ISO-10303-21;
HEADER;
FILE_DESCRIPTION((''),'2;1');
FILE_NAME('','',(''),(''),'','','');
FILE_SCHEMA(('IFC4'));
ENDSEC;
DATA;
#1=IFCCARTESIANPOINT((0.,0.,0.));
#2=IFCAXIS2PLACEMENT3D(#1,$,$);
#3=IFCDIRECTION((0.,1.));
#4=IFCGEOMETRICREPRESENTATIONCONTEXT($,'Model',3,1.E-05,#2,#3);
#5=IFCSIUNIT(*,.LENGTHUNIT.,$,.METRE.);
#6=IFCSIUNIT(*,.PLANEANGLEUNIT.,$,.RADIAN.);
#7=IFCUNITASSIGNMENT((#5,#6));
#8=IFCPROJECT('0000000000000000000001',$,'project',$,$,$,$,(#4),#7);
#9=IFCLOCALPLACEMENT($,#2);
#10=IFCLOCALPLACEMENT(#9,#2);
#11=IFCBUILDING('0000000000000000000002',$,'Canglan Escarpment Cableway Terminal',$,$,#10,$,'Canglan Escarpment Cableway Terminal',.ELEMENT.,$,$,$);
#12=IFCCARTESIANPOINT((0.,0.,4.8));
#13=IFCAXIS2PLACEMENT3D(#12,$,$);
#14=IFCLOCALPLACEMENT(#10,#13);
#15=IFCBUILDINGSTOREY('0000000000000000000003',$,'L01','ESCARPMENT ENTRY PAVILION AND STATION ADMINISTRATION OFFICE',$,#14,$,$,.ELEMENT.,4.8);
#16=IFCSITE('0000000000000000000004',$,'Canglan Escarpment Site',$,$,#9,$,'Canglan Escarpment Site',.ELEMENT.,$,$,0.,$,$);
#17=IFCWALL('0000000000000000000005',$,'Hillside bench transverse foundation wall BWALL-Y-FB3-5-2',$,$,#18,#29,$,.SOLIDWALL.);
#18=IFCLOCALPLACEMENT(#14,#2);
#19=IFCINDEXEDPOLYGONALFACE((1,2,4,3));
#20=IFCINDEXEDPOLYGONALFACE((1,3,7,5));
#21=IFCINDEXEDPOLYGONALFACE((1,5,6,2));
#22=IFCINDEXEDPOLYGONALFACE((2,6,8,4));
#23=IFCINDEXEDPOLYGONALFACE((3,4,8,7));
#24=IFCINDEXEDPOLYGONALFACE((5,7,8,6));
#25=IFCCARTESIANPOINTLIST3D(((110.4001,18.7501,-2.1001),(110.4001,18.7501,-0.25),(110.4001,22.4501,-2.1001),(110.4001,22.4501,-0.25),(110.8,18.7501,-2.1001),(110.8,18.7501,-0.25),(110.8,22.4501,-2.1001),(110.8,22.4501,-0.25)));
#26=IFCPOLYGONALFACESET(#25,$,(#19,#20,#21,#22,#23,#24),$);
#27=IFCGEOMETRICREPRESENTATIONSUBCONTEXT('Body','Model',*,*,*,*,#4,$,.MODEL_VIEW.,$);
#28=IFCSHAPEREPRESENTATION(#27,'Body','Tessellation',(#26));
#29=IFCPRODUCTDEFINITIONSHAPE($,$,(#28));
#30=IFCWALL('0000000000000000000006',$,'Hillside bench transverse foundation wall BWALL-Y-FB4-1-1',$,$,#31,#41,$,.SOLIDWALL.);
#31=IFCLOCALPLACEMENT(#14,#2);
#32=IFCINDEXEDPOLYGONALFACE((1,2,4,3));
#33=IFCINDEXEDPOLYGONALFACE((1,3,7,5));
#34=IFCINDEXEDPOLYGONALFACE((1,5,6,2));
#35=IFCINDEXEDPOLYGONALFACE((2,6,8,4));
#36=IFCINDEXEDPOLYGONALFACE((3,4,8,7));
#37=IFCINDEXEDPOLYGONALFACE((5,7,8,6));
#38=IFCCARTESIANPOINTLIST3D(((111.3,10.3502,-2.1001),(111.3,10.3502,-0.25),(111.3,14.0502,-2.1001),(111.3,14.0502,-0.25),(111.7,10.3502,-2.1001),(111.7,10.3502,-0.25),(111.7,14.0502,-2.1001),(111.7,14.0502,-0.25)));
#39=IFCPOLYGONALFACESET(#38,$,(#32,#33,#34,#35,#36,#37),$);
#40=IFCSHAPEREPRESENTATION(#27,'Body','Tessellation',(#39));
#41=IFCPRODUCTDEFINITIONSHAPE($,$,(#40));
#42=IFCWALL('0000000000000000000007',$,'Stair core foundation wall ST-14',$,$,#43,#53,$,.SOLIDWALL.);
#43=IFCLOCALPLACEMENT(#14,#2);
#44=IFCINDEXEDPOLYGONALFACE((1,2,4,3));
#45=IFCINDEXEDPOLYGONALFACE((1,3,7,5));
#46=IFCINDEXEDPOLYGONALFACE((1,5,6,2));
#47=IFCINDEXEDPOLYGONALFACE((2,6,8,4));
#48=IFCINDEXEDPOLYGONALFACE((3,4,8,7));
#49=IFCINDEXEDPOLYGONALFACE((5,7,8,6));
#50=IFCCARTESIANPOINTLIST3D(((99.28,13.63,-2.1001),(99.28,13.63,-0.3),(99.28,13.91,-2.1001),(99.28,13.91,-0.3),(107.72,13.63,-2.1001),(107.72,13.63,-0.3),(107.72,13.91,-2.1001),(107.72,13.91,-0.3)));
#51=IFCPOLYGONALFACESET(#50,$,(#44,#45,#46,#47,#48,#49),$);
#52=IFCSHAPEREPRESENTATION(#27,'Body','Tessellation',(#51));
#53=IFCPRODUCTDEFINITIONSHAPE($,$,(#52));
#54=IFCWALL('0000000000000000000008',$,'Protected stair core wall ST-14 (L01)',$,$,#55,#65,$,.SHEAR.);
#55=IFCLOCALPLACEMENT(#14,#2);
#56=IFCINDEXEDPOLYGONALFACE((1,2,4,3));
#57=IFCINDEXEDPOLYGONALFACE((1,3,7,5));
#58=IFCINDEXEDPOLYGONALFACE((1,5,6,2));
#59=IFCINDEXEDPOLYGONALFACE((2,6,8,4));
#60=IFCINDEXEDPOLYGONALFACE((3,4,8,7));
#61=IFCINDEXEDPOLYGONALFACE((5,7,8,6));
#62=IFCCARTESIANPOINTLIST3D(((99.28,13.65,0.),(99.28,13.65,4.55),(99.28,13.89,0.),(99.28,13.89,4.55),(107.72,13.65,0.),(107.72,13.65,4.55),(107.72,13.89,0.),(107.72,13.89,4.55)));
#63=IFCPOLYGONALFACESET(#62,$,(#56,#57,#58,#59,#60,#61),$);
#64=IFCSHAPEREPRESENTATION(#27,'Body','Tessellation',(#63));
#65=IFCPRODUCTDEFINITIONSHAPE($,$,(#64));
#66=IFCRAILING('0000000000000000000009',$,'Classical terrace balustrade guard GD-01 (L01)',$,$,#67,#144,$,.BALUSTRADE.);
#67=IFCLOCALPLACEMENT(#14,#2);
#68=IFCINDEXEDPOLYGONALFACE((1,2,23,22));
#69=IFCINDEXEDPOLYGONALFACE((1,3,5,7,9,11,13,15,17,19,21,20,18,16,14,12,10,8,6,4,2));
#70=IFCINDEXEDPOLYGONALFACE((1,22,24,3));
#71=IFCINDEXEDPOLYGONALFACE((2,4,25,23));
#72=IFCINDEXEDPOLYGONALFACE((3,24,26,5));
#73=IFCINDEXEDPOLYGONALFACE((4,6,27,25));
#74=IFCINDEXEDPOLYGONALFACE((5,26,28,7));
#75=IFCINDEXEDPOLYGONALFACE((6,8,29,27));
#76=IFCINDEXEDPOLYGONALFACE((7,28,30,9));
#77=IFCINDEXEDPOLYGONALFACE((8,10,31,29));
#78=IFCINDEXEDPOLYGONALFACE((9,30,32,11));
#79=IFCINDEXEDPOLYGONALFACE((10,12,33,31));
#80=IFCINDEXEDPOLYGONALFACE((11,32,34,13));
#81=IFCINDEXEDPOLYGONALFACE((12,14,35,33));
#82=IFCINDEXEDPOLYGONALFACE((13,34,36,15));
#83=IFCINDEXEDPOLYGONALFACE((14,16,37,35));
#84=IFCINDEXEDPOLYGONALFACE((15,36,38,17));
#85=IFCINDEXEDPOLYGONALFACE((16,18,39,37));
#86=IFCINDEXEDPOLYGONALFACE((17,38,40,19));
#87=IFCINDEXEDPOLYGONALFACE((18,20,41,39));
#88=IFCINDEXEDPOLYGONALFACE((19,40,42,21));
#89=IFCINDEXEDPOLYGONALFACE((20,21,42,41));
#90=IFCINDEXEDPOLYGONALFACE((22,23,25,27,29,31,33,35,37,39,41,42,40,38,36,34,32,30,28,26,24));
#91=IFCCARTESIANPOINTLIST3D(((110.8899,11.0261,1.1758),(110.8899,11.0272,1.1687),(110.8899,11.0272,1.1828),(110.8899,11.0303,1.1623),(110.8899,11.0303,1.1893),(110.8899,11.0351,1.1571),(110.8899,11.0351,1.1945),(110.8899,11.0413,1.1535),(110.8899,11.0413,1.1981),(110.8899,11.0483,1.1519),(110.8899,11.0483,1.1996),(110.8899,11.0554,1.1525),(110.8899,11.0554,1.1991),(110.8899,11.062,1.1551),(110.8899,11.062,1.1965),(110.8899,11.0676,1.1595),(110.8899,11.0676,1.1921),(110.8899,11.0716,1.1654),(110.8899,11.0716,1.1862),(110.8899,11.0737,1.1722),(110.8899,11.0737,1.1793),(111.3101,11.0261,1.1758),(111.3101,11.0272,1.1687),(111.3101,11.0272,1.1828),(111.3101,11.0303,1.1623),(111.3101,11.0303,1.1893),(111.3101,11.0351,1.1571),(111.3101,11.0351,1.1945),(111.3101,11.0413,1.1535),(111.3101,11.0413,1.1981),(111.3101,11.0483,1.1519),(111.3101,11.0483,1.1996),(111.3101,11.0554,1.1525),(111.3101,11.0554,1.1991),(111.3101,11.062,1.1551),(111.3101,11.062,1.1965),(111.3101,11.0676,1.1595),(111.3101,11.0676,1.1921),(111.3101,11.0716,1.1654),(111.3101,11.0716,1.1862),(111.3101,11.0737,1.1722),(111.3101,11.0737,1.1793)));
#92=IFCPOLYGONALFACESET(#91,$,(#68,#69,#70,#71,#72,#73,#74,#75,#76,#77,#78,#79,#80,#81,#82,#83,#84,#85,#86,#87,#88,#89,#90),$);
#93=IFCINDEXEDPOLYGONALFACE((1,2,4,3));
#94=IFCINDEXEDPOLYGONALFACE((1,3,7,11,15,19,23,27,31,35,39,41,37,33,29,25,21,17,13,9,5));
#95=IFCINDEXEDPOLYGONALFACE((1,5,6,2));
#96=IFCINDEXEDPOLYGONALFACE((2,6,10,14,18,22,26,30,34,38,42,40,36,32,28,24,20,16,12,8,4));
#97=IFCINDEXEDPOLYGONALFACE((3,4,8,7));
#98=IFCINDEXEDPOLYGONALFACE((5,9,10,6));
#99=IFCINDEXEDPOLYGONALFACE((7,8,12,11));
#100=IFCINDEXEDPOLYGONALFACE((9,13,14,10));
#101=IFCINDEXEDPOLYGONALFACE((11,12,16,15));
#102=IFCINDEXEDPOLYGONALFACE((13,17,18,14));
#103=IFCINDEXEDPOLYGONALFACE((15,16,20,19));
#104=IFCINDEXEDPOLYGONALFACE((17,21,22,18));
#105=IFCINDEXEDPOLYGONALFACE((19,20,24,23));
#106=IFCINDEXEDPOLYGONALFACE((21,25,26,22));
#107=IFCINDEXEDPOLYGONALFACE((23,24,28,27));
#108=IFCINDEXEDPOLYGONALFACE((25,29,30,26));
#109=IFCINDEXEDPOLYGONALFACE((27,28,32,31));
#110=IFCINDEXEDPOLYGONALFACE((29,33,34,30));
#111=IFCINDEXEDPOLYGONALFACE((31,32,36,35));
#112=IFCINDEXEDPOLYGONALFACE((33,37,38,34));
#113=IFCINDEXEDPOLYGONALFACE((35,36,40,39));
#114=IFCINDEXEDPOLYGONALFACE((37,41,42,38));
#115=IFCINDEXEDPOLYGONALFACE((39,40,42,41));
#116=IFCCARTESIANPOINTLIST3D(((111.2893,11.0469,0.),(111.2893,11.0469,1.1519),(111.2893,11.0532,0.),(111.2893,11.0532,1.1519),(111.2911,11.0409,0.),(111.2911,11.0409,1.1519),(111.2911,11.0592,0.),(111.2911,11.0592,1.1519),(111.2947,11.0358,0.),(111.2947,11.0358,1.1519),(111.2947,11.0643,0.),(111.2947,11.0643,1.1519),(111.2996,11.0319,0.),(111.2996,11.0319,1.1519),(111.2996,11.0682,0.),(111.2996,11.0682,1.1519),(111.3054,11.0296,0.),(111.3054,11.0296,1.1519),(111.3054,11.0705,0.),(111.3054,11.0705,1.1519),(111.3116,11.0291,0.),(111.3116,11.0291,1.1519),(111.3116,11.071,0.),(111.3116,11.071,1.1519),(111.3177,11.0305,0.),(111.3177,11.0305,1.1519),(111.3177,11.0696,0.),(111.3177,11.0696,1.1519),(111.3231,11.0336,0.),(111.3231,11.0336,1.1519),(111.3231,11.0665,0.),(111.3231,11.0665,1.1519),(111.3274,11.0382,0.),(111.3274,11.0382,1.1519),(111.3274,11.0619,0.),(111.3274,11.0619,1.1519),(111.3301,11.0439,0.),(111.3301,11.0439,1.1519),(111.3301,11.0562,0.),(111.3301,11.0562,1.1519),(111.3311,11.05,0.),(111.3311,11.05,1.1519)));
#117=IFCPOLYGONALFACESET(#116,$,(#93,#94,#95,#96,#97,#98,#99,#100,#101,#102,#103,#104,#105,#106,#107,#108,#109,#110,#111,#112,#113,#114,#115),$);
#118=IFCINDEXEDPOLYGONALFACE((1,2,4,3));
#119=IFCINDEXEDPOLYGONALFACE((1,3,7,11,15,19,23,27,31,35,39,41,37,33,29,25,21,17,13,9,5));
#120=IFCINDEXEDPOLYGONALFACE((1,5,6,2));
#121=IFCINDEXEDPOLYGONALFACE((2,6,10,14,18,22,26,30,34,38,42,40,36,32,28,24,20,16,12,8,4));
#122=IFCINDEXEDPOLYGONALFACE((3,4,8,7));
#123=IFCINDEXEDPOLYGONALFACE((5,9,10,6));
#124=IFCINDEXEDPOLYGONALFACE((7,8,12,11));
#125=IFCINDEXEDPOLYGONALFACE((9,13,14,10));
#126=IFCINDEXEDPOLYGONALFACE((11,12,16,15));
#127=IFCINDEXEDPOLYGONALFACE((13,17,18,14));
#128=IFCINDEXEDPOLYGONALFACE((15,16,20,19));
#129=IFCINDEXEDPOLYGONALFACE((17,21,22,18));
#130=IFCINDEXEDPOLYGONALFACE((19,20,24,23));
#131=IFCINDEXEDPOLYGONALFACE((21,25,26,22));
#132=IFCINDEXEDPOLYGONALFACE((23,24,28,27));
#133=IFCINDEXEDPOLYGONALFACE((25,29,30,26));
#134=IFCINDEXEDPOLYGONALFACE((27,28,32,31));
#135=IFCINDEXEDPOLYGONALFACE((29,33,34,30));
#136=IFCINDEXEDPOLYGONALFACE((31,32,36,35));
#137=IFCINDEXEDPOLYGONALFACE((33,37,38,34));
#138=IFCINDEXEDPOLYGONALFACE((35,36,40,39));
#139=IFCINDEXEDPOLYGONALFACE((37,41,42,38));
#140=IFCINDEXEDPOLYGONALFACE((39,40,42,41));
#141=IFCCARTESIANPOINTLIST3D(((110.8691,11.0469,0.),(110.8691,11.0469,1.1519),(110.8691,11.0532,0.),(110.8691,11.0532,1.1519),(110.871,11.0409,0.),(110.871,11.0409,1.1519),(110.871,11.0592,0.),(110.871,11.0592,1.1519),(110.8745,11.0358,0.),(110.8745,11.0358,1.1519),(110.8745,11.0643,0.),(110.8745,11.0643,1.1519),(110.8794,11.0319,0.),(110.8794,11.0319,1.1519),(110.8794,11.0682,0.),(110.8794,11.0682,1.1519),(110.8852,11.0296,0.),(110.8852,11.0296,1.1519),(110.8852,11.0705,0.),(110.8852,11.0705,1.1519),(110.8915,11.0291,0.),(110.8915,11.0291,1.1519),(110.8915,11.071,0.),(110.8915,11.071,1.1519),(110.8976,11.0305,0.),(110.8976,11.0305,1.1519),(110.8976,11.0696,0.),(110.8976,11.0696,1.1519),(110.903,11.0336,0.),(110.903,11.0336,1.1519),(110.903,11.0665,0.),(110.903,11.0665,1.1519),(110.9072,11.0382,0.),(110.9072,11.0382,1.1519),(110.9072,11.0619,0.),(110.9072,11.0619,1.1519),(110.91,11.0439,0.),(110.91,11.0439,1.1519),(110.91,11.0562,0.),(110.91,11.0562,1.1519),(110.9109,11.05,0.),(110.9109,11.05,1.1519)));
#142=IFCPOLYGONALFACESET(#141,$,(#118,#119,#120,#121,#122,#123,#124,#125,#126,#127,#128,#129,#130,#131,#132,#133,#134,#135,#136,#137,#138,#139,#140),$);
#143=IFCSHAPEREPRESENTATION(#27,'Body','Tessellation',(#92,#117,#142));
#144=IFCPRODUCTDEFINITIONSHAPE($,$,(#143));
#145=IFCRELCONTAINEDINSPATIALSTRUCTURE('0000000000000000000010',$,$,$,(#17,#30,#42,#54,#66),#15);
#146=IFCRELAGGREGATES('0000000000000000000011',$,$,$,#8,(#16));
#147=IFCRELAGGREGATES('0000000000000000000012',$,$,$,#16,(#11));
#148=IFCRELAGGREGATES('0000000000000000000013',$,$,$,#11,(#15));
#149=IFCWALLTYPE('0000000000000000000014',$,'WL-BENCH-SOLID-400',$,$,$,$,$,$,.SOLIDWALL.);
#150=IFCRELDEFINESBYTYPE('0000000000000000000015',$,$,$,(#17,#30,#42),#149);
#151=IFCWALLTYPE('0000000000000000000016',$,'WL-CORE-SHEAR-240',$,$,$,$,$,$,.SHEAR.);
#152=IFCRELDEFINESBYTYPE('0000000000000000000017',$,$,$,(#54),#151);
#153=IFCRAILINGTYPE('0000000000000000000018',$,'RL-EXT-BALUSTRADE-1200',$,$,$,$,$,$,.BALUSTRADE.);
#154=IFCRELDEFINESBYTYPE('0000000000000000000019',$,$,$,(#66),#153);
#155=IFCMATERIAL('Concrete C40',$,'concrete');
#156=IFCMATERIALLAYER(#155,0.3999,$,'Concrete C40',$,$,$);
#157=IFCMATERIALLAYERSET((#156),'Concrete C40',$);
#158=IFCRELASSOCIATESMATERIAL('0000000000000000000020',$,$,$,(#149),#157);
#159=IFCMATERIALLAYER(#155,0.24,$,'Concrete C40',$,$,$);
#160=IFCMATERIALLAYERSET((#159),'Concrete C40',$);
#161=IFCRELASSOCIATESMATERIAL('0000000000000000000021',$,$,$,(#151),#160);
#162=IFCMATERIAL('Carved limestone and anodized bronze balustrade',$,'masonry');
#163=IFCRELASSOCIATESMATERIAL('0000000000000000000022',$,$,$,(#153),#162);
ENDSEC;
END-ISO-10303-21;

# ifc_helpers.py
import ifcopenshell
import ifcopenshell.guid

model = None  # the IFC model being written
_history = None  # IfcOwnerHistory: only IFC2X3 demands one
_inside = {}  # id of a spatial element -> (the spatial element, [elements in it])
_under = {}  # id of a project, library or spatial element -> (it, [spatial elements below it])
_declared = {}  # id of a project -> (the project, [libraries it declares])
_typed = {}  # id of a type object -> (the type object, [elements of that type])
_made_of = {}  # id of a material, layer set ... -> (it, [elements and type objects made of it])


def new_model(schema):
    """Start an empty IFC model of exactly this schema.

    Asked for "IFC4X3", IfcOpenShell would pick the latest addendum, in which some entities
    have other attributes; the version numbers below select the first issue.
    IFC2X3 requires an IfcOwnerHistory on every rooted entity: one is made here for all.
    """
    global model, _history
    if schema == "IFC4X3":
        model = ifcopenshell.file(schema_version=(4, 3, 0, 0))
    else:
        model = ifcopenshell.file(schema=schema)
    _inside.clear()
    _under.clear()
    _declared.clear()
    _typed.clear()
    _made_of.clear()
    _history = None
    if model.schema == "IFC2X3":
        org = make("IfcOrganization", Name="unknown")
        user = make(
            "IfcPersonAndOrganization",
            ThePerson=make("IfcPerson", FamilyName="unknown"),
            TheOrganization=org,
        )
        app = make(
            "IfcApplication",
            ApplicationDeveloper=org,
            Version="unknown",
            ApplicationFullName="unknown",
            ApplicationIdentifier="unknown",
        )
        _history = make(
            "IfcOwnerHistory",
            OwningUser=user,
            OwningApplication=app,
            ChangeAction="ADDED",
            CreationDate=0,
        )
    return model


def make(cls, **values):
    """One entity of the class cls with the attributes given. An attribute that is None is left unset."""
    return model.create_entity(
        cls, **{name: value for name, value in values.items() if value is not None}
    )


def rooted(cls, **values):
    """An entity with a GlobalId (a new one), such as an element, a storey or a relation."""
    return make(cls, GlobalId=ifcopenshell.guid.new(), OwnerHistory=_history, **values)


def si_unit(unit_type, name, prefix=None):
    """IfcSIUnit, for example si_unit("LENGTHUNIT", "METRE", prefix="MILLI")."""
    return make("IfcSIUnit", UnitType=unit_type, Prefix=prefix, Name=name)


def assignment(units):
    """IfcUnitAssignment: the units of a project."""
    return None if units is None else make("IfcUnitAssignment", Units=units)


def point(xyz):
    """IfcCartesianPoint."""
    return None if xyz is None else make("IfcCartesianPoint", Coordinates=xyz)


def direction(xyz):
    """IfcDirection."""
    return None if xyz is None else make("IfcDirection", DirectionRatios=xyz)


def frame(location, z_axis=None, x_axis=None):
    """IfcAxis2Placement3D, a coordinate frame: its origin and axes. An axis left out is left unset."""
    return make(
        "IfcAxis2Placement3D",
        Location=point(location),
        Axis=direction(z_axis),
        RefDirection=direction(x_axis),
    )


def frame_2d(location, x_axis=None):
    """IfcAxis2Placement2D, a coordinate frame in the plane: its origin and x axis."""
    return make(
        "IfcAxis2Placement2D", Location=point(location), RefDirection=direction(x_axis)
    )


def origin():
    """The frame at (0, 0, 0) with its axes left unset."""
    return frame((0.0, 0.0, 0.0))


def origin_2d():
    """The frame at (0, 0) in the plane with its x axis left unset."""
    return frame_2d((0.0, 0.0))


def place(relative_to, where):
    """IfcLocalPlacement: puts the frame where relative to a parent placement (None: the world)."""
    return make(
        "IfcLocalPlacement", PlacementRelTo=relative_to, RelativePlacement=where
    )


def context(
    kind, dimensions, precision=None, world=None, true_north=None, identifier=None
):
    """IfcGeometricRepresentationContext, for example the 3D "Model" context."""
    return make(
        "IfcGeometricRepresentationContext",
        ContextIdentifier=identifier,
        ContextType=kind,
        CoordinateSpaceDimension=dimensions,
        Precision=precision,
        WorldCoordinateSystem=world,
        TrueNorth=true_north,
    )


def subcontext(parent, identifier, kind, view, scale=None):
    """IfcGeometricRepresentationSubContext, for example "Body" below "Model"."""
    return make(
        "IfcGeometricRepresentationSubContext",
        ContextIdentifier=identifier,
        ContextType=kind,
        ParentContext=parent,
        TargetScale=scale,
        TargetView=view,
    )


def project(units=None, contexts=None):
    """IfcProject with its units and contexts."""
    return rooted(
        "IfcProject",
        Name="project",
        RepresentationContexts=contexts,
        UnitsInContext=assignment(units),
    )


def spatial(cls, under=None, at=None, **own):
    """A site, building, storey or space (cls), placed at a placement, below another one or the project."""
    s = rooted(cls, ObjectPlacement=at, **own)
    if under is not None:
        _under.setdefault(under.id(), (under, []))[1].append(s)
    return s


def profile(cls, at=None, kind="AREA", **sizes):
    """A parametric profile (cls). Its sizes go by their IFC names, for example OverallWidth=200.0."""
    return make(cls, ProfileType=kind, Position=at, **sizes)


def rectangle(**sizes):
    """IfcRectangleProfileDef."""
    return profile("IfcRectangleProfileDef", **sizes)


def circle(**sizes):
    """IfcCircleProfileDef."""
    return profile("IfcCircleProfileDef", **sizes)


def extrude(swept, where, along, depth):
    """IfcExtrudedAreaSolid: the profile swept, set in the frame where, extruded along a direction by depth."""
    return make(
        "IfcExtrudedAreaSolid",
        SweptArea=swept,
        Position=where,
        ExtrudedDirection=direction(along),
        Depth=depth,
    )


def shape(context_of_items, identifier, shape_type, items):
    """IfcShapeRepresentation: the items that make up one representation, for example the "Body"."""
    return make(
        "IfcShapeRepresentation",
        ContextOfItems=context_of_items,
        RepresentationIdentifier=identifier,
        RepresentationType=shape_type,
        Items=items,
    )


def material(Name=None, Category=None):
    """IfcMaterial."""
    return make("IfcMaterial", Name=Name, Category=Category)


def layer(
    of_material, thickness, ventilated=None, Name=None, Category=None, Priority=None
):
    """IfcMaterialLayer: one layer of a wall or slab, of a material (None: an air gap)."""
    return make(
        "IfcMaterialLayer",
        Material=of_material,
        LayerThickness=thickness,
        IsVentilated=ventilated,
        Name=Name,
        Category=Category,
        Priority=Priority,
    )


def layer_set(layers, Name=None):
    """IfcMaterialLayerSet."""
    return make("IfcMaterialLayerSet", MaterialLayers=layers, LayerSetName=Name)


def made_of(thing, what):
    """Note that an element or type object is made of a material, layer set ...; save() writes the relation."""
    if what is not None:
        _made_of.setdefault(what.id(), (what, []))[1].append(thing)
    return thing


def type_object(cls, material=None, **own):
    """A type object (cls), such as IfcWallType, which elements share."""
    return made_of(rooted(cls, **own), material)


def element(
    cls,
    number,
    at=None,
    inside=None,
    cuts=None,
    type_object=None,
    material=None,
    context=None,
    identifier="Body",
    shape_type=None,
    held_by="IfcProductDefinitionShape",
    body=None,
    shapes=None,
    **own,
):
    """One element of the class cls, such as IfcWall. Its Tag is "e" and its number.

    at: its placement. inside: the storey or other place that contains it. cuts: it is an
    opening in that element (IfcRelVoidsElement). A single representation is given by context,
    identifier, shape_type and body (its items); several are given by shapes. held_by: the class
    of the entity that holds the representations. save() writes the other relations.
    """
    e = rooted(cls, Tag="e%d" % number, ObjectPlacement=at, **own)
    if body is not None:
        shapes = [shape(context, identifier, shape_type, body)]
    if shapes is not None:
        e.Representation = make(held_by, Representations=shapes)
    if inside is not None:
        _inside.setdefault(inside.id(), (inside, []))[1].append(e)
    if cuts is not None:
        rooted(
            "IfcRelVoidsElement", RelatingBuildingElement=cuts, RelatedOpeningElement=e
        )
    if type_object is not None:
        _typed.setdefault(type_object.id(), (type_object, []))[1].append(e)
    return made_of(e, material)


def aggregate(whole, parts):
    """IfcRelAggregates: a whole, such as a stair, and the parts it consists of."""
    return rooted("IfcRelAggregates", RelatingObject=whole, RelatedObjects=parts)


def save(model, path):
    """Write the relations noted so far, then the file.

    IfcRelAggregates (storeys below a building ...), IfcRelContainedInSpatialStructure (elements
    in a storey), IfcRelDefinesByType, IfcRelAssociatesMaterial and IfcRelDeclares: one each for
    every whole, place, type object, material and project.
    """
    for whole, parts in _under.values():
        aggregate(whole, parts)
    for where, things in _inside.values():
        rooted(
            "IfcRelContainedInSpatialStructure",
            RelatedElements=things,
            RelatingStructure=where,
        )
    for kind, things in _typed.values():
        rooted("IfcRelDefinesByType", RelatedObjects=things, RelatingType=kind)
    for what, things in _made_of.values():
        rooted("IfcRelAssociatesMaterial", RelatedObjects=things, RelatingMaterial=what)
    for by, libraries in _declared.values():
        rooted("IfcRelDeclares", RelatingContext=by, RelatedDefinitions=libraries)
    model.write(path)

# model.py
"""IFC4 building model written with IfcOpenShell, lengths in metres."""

from ifc_helpers import new_model, si_unit, direction, frame, frame_2d, origin, origin_2d, place, context, subcontext, project, spatial, rectangle, circle, extrude, material, layer, layer_set, type_object, element, save


model = new_model("IFC4")

# Units and contexts
model_context = context("Model", 3, precision=1e-05, world=origin(), true_north=direction((0.0, 1.0)))
body_context = subcontext(model_context, "Body", "Model", "MODEL_VIEW")
ifc_project = project(units=[si_unit("LENGTHUNIT", "METRE"), si_unit("PLANEANGLEUNIT", "RADIAN")], contexts=[model_context])

# Site, building, storey
site_placement = place(None, origin())
site = spatial("IfcSite", under=ifc_project, at=site_placement, Name="Canglan Escarpment Site", LongName="Canglan Escarpment Site", CompositionType="ELEMENT", RefElevation=0.0)
building_placement = place(site_placement, origin())
building = spatial("IfcBuilding", under=site, at=building_placement, Name="Canglan Escarpment Cableway Terminal", LongName="Canglan Escarpment Cableway Terminal", CompositionType="ELEMENT")
storey_placement = place(building_placement, frame((0.0, 0.0, 4.8)))
storey = spatial("IfcBuildingStorey", under=building, at=storey_placement, Name="L01", Description="ESCARPMENT ENTRY PAVILION AND STATION ADMINISTRATION OFFICE", CompositionType="ELEMENT", Elevation=4.8)

# Shared definitions
ifc_material_1 = material(Name="Concrete C40", Category="concrete")

# Walls
ifc_layer_1 = layer(ifc_material_1, 0.3999, Name="Concrete C40")
ifc_layer_set_1 = layer_set([ifc_layer_1], Name="Concrete C40")
wall_type_1 = type_object("IfcWallType", Name="WL-BENCH-SOLID-400", PredefinedType="SOLIDWALL", material=ifc_layer_set_1)
for number, where, z_axis, x_axis, name in (
    (1, (110.6001, 18.75, -2.1001), (0.0, 0.0, 1.0), (0.0, 1.0, 0.0), "Hillside bench transverse foundation wall BWALL-Y-FB3-5-2"),
    (2, (111.5, 10.3501, -2.1001), (0.0, 0.0, 1.0), (0.0, 1.0, 0.0), "Hillside bench transverse foundation wall BWALL-Y-FB4-1-1"),
):
    element("IfcWall", number, at=place(storey_placement, frame(where, z_axis=z_axis, x_axis=x_axis)), inside=storey, type_object=wall_type_1, Name=name, PredefinedType="SOLIDWALL", context=body_context, shape_type="SweptSolid", body=[
        extrude(rectangle(XDim=3.7, YDim=0.3999, at=frame_2d((1.8501, 0.0))), origin(), (0.0, 0.0, 1.0), 1.8501),
    ])
wall_1_placement = place(storey_placement, frame((107.72, 13.77, -2.1001), z_axis=(0.0, 0.0, 1.0), x_axis=(-1.0, 0.0, 0.0)))
element("IfcWall", 3, at=wall_1_placement, inside=storey, type_object=wall_type_1, Name="Stair core foundation wall ST-14", PredefinedType="SOLIDWALL", context=body_context, shape_type="SweptSolid", body=[
    extrude(rectangle(XDim=8.4399, YDim=0.28, at=frame_2d((4.22, 0.0))), origin(), (0.0, 0.0, 1.0), 1.8),
])
ifc_layer_2 = layer(ifc_material_1, 0.24, Name="Concrete C40")
ifc_layer_set_2 = layer_set([ifc_layer_2], Name="Concrete C40")
wall_type_2 = type_object("IfcWallType", Name="WL-CORE-SHEAR-240", PredefinedType="SHEAR", material=ifc_layer_set_2)
wall_2_placement = place(storey_placement, frame((107.72, 13.77, 0.0), z_axis=(0.0, 0.0, 1.0), x_axis=(-1.0, 0.0, 0.0)))
element("IfcWall", 4, at=wall_2_placement, inside=storey, type_object=wall_type_2, Name="Protected stair core wall ST-14 (L01)", PredefinedType="SHEAR", context=body_context, shape_type="SweptSolid", body=[
    extrude(rectangle(XDim=8.4399, YDim=0.24, at=frame_2d((4.22, 0.0))), origin(), (0.0, 0.0, 1.0), 4.55),
])

# Railing
ifc_material_2 = material(Name="Carved limestone and anodized bronze balustrade", Category="masonry")
railing_type = type_object("IfcRailingType", Name="RL-EXT-BALUSTRADE-1200", PredefinedType="BALUSTRADE", material=ifc_material_2)
railing_1_placement = place(storey_placement, frame((111.3101, 11.05, 0.0)))
element("IfcRailing", 5, at=railing_1_placement, inside=storey, type_object=railing_type, Name="Classical terrace balustrade guard GD-01 (L01)", PredefinedType="BALUSTRADE", context=body_context, shape_type="SweptSolid", body=[
    extrude(circle(Radius=0.0239, at=origin_2d()), frame((0.0, 0.0, 1.1758), z_axis=(-1.0, 0.0, 0.0), x_axis=(0.0, -1.0, 0.0)), (0.0, 0.0, 1.0), 0.4202),
    extrude(circle(Radius=0.021, at=origin_2d()), origin(), (0.0, 0.0, 1.0), 1.1519),
    extrude(circle(Radius=0.021, at=origin_2d()), frame((-0.4202, 0.0, 0.0)), (0.0, 0.0, 1.0), 1.1519),
])

save(model, "model.ifc")
